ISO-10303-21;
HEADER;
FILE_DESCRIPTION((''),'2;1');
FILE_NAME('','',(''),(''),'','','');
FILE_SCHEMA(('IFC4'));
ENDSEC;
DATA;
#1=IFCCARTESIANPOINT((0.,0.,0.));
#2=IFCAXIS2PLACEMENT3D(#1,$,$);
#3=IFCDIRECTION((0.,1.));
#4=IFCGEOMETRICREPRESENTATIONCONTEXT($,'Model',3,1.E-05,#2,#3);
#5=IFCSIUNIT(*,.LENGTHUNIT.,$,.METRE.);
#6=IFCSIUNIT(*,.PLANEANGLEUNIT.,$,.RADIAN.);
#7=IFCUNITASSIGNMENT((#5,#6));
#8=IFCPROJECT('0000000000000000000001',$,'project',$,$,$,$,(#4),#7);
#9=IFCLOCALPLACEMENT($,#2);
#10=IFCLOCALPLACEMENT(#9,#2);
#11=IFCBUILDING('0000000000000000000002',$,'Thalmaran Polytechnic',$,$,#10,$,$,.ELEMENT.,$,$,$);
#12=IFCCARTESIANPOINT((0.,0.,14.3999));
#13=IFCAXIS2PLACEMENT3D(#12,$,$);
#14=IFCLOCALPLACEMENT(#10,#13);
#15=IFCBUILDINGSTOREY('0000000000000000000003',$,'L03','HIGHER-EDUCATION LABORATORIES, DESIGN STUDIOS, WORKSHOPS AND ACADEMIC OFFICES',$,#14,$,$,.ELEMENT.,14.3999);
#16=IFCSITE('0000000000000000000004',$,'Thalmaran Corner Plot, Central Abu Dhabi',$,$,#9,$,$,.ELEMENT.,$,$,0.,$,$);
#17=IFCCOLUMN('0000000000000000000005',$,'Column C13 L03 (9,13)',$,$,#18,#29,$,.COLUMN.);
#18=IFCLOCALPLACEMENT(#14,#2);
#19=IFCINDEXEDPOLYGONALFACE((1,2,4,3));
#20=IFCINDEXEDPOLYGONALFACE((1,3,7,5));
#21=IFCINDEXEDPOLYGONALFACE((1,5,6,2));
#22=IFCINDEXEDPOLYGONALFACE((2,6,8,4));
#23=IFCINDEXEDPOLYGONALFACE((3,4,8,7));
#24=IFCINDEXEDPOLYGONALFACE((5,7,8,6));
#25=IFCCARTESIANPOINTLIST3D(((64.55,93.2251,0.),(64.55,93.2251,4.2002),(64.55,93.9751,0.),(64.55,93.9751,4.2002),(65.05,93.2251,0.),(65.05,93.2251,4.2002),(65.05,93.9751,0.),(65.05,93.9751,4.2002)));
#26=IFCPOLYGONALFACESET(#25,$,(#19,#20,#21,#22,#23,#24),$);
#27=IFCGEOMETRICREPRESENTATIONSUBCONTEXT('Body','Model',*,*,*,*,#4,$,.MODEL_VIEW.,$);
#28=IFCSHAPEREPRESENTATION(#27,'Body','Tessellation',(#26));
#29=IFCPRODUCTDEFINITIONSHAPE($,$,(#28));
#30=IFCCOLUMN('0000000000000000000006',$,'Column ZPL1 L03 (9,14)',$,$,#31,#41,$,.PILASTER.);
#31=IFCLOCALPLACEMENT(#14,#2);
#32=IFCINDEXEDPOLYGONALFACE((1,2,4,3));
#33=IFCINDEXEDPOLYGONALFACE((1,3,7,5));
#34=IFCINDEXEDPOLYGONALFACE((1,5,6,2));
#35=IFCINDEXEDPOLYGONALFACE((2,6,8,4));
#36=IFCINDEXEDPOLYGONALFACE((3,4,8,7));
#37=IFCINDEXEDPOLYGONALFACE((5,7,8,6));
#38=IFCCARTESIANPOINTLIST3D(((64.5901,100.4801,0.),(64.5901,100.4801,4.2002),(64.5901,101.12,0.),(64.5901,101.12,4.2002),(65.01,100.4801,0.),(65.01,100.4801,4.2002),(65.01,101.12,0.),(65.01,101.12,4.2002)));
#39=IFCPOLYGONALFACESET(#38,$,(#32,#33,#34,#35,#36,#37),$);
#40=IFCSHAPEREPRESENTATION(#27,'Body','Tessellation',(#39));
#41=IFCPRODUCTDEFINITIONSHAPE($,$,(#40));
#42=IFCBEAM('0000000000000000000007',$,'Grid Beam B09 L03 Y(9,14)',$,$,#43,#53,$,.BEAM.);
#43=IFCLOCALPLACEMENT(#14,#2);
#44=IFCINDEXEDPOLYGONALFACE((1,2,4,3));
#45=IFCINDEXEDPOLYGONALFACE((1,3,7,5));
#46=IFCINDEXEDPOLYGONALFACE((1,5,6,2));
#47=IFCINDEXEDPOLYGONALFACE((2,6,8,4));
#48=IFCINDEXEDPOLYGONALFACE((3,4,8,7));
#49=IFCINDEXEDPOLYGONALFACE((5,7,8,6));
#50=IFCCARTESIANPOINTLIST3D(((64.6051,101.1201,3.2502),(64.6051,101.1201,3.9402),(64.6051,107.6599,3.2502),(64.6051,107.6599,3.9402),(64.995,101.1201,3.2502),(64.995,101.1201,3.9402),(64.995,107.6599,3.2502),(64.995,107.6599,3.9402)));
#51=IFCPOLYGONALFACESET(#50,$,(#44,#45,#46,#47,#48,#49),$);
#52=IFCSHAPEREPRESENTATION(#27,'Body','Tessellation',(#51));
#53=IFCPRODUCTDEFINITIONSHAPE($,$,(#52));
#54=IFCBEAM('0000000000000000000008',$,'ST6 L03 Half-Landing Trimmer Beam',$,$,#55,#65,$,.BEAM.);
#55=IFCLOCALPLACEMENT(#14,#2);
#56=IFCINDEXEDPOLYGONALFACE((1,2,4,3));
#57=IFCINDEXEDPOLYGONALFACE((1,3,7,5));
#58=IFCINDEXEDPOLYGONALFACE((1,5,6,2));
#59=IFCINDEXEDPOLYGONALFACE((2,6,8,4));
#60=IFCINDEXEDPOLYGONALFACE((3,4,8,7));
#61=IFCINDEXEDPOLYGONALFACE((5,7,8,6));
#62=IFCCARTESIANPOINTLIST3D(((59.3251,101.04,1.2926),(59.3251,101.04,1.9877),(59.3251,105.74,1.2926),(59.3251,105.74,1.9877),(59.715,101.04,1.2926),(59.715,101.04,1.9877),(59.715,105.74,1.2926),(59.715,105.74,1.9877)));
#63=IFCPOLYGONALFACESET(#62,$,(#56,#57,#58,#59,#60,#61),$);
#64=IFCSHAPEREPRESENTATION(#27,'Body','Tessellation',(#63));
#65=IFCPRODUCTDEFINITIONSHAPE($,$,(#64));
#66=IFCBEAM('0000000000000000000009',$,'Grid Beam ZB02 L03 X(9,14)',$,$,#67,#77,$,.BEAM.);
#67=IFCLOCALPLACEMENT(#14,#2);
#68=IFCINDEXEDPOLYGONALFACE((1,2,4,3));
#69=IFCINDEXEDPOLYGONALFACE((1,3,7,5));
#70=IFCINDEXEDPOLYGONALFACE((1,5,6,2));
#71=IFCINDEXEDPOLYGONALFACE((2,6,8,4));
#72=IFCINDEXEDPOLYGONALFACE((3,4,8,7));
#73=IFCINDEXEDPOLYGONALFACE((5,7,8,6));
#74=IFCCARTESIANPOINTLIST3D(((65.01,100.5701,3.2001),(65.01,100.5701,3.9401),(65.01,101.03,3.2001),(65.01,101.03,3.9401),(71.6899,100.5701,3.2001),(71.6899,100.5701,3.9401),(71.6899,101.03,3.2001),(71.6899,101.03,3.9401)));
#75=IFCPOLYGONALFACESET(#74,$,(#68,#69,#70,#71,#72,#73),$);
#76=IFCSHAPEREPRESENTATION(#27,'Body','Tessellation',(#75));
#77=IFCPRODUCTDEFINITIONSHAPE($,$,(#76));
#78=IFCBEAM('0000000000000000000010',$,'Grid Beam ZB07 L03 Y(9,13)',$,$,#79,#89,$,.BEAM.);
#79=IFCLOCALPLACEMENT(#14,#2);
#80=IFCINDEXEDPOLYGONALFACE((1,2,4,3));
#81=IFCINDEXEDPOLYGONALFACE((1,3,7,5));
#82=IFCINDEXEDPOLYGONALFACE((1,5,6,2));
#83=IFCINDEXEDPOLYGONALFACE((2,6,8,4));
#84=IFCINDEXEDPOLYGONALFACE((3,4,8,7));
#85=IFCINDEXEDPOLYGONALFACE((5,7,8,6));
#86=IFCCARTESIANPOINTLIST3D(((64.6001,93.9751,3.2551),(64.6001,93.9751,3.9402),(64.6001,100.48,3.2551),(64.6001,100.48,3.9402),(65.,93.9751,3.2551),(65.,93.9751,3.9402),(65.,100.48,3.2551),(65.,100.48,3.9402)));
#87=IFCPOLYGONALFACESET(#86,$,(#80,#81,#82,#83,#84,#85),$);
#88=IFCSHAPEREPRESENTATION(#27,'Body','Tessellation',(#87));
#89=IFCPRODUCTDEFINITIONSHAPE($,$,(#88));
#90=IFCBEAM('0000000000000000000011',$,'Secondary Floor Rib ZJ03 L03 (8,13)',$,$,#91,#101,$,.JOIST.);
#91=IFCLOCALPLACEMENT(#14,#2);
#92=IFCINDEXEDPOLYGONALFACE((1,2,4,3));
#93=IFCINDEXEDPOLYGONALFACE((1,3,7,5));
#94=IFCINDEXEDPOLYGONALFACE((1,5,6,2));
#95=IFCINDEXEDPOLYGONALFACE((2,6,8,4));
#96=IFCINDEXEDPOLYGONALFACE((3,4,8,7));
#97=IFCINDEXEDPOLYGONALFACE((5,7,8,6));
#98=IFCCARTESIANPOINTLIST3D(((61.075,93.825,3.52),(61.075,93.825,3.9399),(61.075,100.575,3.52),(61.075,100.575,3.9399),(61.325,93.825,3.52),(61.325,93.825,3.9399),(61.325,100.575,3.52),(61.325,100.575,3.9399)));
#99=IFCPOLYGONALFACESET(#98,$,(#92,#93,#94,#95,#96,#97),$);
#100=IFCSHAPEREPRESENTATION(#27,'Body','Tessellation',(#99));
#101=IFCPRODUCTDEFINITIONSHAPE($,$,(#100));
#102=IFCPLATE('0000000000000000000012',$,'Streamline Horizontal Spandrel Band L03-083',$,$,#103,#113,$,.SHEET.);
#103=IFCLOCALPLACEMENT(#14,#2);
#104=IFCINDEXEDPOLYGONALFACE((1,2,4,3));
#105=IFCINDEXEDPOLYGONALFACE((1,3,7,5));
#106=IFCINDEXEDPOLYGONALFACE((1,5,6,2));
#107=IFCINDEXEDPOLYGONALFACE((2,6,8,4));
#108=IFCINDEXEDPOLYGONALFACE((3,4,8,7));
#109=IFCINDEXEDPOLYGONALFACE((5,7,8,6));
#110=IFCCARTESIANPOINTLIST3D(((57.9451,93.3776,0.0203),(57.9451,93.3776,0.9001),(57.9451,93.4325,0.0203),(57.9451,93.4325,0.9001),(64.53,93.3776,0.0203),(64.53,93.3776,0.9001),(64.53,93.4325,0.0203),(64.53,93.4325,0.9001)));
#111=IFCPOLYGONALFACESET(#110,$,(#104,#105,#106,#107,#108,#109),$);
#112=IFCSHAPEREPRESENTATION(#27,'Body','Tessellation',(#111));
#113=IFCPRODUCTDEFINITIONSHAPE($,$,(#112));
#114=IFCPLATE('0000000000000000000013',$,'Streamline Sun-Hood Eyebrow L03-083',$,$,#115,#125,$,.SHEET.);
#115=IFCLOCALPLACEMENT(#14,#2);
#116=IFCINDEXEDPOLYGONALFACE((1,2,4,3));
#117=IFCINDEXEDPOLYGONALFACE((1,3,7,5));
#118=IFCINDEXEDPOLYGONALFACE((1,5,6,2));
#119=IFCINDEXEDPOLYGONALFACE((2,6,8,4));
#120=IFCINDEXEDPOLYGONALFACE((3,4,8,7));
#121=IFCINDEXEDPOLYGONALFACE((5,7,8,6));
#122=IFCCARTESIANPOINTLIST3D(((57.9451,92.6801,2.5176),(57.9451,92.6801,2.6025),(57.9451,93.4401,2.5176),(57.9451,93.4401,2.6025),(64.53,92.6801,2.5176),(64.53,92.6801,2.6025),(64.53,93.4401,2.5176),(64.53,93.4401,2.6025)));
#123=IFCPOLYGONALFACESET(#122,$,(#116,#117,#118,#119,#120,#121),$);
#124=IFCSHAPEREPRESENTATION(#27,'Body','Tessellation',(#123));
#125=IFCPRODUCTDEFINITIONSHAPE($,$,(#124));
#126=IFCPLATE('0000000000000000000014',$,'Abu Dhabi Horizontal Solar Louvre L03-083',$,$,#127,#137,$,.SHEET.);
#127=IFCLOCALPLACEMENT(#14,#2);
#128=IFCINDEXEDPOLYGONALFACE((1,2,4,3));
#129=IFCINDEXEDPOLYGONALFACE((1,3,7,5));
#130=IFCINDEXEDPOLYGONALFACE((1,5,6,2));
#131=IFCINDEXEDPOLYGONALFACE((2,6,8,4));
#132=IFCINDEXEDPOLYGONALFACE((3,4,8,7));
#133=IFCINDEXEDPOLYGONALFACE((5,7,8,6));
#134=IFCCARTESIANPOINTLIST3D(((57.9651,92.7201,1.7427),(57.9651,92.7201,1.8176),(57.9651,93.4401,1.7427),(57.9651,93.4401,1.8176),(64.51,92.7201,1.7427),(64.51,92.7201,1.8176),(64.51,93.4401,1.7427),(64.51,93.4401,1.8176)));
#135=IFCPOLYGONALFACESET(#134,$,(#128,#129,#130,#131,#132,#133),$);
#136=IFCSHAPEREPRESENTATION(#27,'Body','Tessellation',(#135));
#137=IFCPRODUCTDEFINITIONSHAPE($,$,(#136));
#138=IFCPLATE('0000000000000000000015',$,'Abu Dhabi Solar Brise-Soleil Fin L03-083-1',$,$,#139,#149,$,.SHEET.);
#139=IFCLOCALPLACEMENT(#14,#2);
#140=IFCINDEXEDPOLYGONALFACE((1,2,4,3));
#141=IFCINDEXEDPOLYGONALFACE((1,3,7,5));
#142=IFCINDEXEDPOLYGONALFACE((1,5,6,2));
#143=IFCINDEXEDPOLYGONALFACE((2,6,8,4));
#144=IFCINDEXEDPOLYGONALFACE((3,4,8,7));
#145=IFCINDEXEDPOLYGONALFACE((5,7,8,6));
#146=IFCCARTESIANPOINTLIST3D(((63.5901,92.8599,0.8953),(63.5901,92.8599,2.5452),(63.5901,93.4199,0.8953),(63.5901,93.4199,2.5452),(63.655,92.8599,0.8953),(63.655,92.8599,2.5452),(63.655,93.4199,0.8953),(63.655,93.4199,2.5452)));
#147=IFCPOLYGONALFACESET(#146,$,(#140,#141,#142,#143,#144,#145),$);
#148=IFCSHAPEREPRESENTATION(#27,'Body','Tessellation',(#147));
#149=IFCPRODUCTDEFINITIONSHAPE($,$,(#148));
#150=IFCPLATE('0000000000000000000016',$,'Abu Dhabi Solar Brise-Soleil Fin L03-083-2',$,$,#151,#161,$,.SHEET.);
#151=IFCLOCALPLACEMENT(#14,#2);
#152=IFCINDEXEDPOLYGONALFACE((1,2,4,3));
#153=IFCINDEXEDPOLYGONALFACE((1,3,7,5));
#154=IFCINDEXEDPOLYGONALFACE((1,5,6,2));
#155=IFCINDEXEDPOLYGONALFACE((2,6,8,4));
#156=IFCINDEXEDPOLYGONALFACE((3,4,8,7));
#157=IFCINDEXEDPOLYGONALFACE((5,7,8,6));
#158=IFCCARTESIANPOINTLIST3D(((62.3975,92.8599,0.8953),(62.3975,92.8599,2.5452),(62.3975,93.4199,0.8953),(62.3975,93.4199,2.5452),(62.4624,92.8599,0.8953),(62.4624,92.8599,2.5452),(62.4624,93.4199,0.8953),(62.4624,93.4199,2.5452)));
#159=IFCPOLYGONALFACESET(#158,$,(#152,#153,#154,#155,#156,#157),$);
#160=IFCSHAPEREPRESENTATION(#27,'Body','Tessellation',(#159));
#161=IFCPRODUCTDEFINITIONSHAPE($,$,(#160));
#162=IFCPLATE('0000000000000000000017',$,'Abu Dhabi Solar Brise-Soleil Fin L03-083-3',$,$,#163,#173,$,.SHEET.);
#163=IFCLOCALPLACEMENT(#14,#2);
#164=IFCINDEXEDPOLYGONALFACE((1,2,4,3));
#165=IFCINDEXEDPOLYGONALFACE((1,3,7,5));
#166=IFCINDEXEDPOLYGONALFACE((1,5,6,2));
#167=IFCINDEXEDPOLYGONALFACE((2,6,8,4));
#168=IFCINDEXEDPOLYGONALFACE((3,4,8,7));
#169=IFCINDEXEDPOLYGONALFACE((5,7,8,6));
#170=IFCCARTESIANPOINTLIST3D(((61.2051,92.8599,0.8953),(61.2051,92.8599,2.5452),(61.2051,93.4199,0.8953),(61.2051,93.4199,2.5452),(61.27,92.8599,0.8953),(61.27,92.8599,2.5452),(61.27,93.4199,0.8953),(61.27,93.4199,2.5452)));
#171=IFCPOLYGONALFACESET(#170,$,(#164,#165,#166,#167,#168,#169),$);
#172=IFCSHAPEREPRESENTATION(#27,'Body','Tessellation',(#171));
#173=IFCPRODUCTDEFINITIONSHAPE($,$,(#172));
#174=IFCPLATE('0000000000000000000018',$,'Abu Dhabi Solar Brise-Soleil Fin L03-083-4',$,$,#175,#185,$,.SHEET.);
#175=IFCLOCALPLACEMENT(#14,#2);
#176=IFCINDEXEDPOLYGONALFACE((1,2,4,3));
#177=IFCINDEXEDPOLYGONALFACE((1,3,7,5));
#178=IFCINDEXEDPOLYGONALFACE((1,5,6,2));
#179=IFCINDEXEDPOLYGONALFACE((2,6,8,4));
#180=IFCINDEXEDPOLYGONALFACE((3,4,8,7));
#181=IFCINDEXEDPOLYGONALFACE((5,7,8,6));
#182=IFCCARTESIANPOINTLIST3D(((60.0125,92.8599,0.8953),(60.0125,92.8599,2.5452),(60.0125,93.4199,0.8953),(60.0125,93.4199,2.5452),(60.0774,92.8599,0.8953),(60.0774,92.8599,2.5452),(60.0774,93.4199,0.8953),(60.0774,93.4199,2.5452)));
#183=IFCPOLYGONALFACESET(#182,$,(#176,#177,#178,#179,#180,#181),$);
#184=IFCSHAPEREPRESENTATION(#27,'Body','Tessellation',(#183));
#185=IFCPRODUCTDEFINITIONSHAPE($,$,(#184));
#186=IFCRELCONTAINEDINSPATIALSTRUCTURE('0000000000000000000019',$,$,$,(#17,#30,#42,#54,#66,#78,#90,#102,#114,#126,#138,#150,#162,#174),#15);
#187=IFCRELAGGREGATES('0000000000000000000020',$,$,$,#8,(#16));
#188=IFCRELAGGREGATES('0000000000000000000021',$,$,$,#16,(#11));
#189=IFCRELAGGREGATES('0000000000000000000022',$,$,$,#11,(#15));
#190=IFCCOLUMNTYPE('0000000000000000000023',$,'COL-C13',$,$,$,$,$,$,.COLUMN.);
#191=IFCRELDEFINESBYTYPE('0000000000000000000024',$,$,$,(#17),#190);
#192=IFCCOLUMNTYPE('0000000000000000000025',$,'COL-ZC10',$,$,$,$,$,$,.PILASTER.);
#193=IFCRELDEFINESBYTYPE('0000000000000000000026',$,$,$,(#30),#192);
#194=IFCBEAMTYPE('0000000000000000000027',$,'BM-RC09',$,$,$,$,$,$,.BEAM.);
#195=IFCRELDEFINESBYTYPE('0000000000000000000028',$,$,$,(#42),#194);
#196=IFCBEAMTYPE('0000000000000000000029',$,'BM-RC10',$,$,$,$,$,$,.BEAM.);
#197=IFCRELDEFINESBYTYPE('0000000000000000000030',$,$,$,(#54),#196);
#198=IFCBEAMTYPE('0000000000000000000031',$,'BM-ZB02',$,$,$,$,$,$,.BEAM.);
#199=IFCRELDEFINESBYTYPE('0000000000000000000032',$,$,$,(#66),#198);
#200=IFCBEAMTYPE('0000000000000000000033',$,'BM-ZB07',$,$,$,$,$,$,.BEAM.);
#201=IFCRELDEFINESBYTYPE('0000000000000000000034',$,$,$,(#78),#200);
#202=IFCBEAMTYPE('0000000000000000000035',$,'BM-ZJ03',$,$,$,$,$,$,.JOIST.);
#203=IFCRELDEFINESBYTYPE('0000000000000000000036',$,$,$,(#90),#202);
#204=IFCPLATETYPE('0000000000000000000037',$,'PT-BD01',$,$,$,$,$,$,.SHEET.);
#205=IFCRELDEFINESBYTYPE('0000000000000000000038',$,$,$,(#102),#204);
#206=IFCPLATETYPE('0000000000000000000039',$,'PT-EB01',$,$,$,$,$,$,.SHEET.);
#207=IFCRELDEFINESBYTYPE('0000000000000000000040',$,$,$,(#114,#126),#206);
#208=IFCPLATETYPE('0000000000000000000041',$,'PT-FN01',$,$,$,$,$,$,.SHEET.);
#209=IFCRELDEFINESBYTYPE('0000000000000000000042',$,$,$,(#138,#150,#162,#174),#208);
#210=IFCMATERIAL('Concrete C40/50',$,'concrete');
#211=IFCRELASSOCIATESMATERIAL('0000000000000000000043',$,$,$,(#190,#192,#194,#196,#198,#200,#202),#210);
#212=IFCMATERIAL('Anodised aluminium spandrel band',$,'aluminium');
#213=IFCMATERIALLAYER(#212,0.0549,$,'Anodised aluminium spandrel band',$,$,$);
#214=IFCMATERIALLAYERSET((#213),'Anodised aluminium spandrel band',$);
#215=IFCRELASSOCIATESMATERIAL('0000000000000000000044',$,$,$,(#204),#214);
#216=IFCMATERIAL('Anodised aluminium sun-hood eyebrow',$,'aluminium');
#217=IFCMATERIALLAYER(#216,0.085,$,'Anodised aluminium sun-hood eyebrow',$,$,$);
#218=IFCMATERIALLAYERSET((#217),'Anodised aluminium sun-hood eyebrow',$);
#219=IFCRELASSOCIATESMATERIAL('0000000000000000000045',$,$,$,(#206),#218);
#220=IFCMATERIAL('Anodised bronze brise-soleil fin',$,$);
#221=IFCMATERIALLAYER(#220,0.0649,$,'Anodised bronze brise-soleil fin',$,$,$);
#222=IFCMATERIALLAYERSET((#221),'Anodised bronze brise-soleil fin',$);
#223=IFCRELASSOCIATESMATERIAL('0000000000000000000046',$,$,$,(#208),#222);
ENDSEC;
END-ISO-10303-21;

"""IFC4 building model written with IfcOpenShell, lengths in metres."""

from ifc_helpers import new_model, si_unit, direction, frame, origin, origin_2d, place, context, subcontext, project, spatial, rectangle, extrude, material, layer, layer_set, material_profile, profile_set, type_object, element, save


model = new_model("IFC4")

# Units and contexts
model_context = context("Model", 3, precision=1e-05, world=origin(), true_north=direction((0.0, 1.0)))
body_context = subcontext(model_context, "Body", "Model", "MODEL_VIEW")
ifc_project = project(units=[si_unit("LENGTHUNIT", "METRE"), si_unit("PLANEANGLEUNIT", "RADIAN")], contexts=[model_context])

# Site, building, storey
site_placement = place(None, origin())
site = spatial("IfcSite", under=ifc_project, at=site_placement, Name="Thalmaran Corner Plot, Central Abu Dhabi", CompositionType="ELEMENT", RefElevation=0.0)
building_placement = place(site_placement, origin())
building = spatial("IfcBuilding", under=site, at=building_placement, Name="Thalmaran Polytechnic", CompositionType="ELEMENT")
storey_placement = place(building_placement, frame((0.0, 0.0, 14.3999)))
storey = spatial("IfcBuildingStorey", under=building, at=storey_placement, Name="L03", Description="HIGHER-EDUCATION LABORATORIES, DESIGN STUDIOS, WORKSHOPS AND ACADEMIC OFFICES", CompositionType="ELEMENT", Elevation=14.3999)

# Columns
ifc_material_1 = material(Name="Concrete C40/50", Category="concrete")
ifc_material_profile_1 = material_profile(ifc_material_1, rectangle(XDim=0.5, YDim=0.75, at=origin_2d()), Name="RC 500x750")
ifc_profile_set_1 = profile_set([ifc_material_profile_1], Name="Concrete C40/50")
column_type_1 = type_object("IfcColumnType", Name="COL-C13", PredefinedType="COLUMN", material=ifc_profile_set_1)
column_1_placement = place(storey_placement, frame((64.8, 93.6001, 0.0), z_axis=(0.0, 0.0, 1.0), x_axis=(1.0, 0.0, 0.0)))
element("IfcColumn", 1, at=column_1_placement, inside=storey, type_object=column_type_1, Name="Column C13 L03 (9,13)", PredefinedType="COLUMN", context=body_context, shape_type="SweptSolid", body=[
    extrude(rectangle(XDim=0.5, YDim=0.75, at=origin_2d()), origin(), (0.0, 0.0, 1.0), 4.2002),
])
ifc_material_profile_2 = material_profile(ifc_material_1, rectangle(XDim=0.4199, YDim=0.6399, at=origin_2d()), Name="RC 420x640")
ifc_profile_set_2 = profile_set([ifc_material_profile_2], Name="Concrete C40/50")
column_type_2 = type_object("IfcColumnType", Name="COL-ZC10", PredefinedType="PILASTER", material=ifc_profile_set_2)
column_2_placement = place(storey_placement, frame((64.8, 100.8, 0.0), z_axis=(0.0, 0.0, 1.0), x_axis=(1.0, 0.0, 0.0)))
element("IfcColumn", 2, at=column_2_placement, inside=storey, type_object=column_type_2, Name="Column ZPL1 L03 (9,14)", PredefinedType="PILASTER", context=body_context, shape_type="SweptSolid", body=[
    extrude(rectangle(XDim=0.4199, YDim=0.6399, at=origin_2d()), origin(), (0.0, 0.0, 1.0), 4.2002),
])

# Beams
ifc_material_profile_3 = material_profile(ifc_material_1, rectangle(XDim=0.3899, YDim=0.6899, at=origin_2d()), Name="RC 390x690")
ifc_profile_set_3 = profile_set([ifc_material_profile_3], Name="Concrete C40/50")
beam_type_1 = type_object("IfcBeamType", Name="BM-RC09", PredefinedType="BEAM", material=ifc_profile_set_3)
beam_1_placement = place(storey_placement, frame((64.8, 101.1201, 3.5952), z_axis=(0.0, 1.0, 0.0), x_axis=(-1.0, 0.0, 0.0)))
element("IfcBeam", 3, at=beam_1_placement, inside=storey, type_object=beam_type_1, Name="Grid Beam B09 L03 Y(9,14)", PredefinedType="BEAM", context=body_context, shape_type="SweptSolid", body=[
    extrude(rectangle(XDim=0.3899, YDim=0.6899, at=origin_2d()), origin(), (0.0, 0.0, 1.0), 6.5398),
])
ifc_material_profile_4 = material_profile(ifc_material_1, rectangle(XDim=0.3899, YDim=0.6951, at=origin_2d()), Name="RC 390x695")
ifc_profile_set_4 = profile_set([ifc_material_profile_4], Name="Concrete C40/50")
beam_type_2 = type_object("IfcBeamType", Name="BM-RC10", PredefinedType="BEAM", material=ifc_profile_set_4)
beam_2_placement = place(storey_placement, frame((59.52, 101.04, 1.6401), z_axis=(0.0, 1.0, 0.0), x_axis=(-1.0, 0.0, 0.0)))
element("IfcBeam", 4, at=beam_2_placement, inside=storey, type_object=beam_type_2, Name="ST6 L03 Half-Landing Trimmer Beam", PredefinedType="BEAM", context=body_context, shape_type="SweptSolid", body=[
    extrude(rectangle(XDim=0.3899, YDim=0.6951, at=origin_2d()), origin(), (0.0, 0.0, 1.0), 4.7),
])
ifc_material_profile_5 = material_profile(ifc_material_1, rectangle(XDim=0.46, YDim=0.74, at=origin_2d()), Name="RC 460x740")
ifc_profile_set_5 = profile_set([ifc_material_profile_5], Name="Concrete C40/50")
beam_type_3 = type_object("IfcBeamType", Name="BM-ZB02", PredefinedType="BEAM", material=ifc_profile_set_5)
beam_3_placement = place(storey_placement, frame((65.01, 100.8, 3.5701), z_axis=(1.0, 0.0, 0.0), x_axis=(0.0, 1.0, 0.0)))
element("IfcBeam", 5, at=beam_3_placement, inside=storey, type_object=beam_type_3, Name="Grid Beam ZB02 L03 X(9,14)", PredefinedType="BEAM", context=body_context, shape_type="SweptSolid", body=[
    extrude(rectangle(XDim=0.46, YDim=0.74, at=origin_2d()), origin(), (0.0, 0.0, 1.0), 6.6799),
])
ifc_material_profile_6 = material_profile(ifc_material_1, rectangle(XDim=0.3999, YDim=0.6851, at=origin_2d()), Name="RC 400x685")
ifc_profile_set_6 = profile_set([ifc_material_profile_6], Name="Concrete C40/50")
beam_type_4 = type_object("IfcBeamType", Name="BM-ZB07", PredefinedType="BEAM", material=ifc_profile_set_6)
beam_4_placement = place(storey_placement, frame((64.8, 93.9751, 3.5977), z_axis=(0.0, 1.0, 0.0), x_axis=(-1.0, 0.0, 0.0)))
element("IfcBeam", 6, at=beam_4_placement, inside=storey, type_object=beam_type_4, Name="Grid Beam ZB07 L03 Y(9,13)", PredefinedType="BEAM", context=body_context, shape_type="SweptSolid", body=[
    extrude(rectangle(XDim=0.3999, YDim=0.6851, at=origin_2d()), origin(), (0.0, 0.0, 1.0), 6.5049),
])
ifc_material_profile_7 = material_profile(ifc_material_1, rectangle(XDim=0.25, YDim=0.4199, at=origin_2d()), Name="RC 250x420")
ifc_profile_set_7 = profile_set([ifc_material_profile_7], Name="Concrete C40/50")
beam_type_5 = type_object("IfcBeamType", Name="BM-ZJ03", PredefinedType="JOIST", material=ifc_profile_set_7)
beam_5_placement = place(storey_placement, frame((61.2, 93.825, 3.73), z_axis=(0.0, 1.0, 0.0), x_axis=(-1.0, 0.0, 0.0)))
element("IfcBeam", 7, at=beam_5_placement, inside=storey, type_object=beam_type_5, Name="Secondary Floor Rib ZJ03 L03 (8,13)", PredefinedType="JOIST", context=body_context, shape_type="SweptSolid", body=[
    extrude(rectangle(XDim=0.25, YDim=0.4199, at=origin_2d()), origin(), (0.0, 0.0, 1.0), 6.75),
])

# Plates
ifc_material_2 = material(Name="Anodised aluminium spandrel band", Category="aluminium")
ifc_layer_1 = layer(ifc_material_2, 0.0549, Name="Anodised aluminium spandrel band")
ifc_layer_set_1 = layer_set([ifc_layer_1], Name="Anodised aluminium spandrel band")
plate_type_1 = type_object("IfcPlateType", Name="PT-BD01", PredefinedType="SHEET", material=ifc_layer_set_1)
plate_1_placement = place(storey_placement, frame((61.2375, 93.405, 0.0203), z_axis=(0.0, 0.0, 1.0), x_axis=(-1.0, 0.0, 0.0)))
element("IfcPlate", 8, at=plate_1_placement, inside=storey, type_object=plate_type_1, Name="Streamline Horizontal Spandrel Band L03-083", PredefinedType="SHEET", context=body_context, shape_type="SweptSolid", body=[
    extrude(rectangle(XDim=6.585, YDim=0.0549, at=origin_2d()), origin(), (0.0, 0.0, 1.0), 0.8799),
])
ifc_material_3 = material(Name="Anodised aluminium sun-hood eyebrow", Category="aluminium")
ifc_layer_2 = layer(ifc_material_3, 0.085, Name="Anodised aluminium sun-hood eyebrow")
ifc_layer_set_2 = layer_set([ifc_layer_2], Name="Anodised aluminium sun-hood eyebrow")
plate_type_2 = type_object("IfcPlateType", Name="PT-EB01", PredefinedType="SHEET", material=ifc_layer_set_2)
plate_2_placement = place(storey_placement, frame((61.2375, 93.0601, 2.5176), z_axis=(0.0, 0.0, 1.0), x_axis=(-1.0, 0.0, 0.0)))
element("IfcPlate", 9, at=plate_2_placement, inside=storey, type_object=plate_type_2, Name="Streamline Sun-Hood Eyebrow L03-083", PredefinedType="SHEET", context=body_context, shape_type="SweptSolid", body=[
    extrude(rectangle(XDim=6.585, YDim=0.76, at=origin_2d()), origin(), (0.0, 0.0, 1.0), 0.085),
])
plate_3_placement = place(storey_placement, frame((61.2375, 93.0801, 1.7427), z_axis=(0.0, 0.0, 1.0), x_axis=(-1.0, 0.0, 0.0)))
element("IfcPlate", 10, at=plate_3_placement, inside=storey, type_object=plate_type_2, Name="Abu Dhabi Horizontal Solar Louvre L03-083", PredefinedType="SHEET", context=body_context, shape_type="SweptSolid", body=[
    extrude(rectangle(XDim=6.5449, YDim=0.72, at=origin_2d()), origin(), (0.0, 0.0, 1.0), 0.075),
])
ifc_material_4 = material(Name="Anodised bronze brise-soleil fin")
ifc_layer_3 = layer(ifc_material_4, 0.0649, Name="Anodised bronze brise-soleil fin")
ifc_layer_set_3 = layer_set([ifc_layer_3], Name="Anodised bronze brise-soleil fin")
plate_type_3 = type_object("IfcPlateType", Name="PT-FN01", PredefinedType="SHEET", material=ifc_layer_set_3)
for number, where, z_axis, x_axis, name in (
    (11, (63.6226, 93.1399, 0.8953), (0.0, 0.0, 1.0), (-1.0, 0.0, 0.0), "Abu Dhabi Solar Brise-Soleil Fin L03-083-1"),
    (12, (62.4299, 93.1399, 0.8953), (0.0, 0.0, 1.0), (-1.0, 0.0, 0.0), "Abu Dhabi Solar Brise-Soleil Fin L03-083-2"),
    (13, (61.2375, 93.1399, 0.8953), (0.0, 0.0, 1.0), (-1.0, 0.0, 0.0), "Abu Dhabi Solar Brise-Soleil Fin L03-083-3"),
    (14, (60.0449, 93.1399, 0.8953), (0.0, 0.0, 1.0), (-1.0, 0.0, 0.0), "Abu Dhabi Solar Brise-Soleil Fin L03-083-4"),
):
    element("IfcPlate", number, at=place(storey_placement, frame(where, z_axis=z_axis, x_axis=x_axis)), inside=storey, type_object=plate_type_3, Name=name, PredefinedType="SHEET", context=body_context, shape_type="SweptSolid", body=[
        extrude(rectangle(XDim=0.0649, YDim=0.5601, at=origin_2d()), origin(), (0.0, 0.0, 1.0), 1.6499),
    ])

save(model, "model.ifc")
